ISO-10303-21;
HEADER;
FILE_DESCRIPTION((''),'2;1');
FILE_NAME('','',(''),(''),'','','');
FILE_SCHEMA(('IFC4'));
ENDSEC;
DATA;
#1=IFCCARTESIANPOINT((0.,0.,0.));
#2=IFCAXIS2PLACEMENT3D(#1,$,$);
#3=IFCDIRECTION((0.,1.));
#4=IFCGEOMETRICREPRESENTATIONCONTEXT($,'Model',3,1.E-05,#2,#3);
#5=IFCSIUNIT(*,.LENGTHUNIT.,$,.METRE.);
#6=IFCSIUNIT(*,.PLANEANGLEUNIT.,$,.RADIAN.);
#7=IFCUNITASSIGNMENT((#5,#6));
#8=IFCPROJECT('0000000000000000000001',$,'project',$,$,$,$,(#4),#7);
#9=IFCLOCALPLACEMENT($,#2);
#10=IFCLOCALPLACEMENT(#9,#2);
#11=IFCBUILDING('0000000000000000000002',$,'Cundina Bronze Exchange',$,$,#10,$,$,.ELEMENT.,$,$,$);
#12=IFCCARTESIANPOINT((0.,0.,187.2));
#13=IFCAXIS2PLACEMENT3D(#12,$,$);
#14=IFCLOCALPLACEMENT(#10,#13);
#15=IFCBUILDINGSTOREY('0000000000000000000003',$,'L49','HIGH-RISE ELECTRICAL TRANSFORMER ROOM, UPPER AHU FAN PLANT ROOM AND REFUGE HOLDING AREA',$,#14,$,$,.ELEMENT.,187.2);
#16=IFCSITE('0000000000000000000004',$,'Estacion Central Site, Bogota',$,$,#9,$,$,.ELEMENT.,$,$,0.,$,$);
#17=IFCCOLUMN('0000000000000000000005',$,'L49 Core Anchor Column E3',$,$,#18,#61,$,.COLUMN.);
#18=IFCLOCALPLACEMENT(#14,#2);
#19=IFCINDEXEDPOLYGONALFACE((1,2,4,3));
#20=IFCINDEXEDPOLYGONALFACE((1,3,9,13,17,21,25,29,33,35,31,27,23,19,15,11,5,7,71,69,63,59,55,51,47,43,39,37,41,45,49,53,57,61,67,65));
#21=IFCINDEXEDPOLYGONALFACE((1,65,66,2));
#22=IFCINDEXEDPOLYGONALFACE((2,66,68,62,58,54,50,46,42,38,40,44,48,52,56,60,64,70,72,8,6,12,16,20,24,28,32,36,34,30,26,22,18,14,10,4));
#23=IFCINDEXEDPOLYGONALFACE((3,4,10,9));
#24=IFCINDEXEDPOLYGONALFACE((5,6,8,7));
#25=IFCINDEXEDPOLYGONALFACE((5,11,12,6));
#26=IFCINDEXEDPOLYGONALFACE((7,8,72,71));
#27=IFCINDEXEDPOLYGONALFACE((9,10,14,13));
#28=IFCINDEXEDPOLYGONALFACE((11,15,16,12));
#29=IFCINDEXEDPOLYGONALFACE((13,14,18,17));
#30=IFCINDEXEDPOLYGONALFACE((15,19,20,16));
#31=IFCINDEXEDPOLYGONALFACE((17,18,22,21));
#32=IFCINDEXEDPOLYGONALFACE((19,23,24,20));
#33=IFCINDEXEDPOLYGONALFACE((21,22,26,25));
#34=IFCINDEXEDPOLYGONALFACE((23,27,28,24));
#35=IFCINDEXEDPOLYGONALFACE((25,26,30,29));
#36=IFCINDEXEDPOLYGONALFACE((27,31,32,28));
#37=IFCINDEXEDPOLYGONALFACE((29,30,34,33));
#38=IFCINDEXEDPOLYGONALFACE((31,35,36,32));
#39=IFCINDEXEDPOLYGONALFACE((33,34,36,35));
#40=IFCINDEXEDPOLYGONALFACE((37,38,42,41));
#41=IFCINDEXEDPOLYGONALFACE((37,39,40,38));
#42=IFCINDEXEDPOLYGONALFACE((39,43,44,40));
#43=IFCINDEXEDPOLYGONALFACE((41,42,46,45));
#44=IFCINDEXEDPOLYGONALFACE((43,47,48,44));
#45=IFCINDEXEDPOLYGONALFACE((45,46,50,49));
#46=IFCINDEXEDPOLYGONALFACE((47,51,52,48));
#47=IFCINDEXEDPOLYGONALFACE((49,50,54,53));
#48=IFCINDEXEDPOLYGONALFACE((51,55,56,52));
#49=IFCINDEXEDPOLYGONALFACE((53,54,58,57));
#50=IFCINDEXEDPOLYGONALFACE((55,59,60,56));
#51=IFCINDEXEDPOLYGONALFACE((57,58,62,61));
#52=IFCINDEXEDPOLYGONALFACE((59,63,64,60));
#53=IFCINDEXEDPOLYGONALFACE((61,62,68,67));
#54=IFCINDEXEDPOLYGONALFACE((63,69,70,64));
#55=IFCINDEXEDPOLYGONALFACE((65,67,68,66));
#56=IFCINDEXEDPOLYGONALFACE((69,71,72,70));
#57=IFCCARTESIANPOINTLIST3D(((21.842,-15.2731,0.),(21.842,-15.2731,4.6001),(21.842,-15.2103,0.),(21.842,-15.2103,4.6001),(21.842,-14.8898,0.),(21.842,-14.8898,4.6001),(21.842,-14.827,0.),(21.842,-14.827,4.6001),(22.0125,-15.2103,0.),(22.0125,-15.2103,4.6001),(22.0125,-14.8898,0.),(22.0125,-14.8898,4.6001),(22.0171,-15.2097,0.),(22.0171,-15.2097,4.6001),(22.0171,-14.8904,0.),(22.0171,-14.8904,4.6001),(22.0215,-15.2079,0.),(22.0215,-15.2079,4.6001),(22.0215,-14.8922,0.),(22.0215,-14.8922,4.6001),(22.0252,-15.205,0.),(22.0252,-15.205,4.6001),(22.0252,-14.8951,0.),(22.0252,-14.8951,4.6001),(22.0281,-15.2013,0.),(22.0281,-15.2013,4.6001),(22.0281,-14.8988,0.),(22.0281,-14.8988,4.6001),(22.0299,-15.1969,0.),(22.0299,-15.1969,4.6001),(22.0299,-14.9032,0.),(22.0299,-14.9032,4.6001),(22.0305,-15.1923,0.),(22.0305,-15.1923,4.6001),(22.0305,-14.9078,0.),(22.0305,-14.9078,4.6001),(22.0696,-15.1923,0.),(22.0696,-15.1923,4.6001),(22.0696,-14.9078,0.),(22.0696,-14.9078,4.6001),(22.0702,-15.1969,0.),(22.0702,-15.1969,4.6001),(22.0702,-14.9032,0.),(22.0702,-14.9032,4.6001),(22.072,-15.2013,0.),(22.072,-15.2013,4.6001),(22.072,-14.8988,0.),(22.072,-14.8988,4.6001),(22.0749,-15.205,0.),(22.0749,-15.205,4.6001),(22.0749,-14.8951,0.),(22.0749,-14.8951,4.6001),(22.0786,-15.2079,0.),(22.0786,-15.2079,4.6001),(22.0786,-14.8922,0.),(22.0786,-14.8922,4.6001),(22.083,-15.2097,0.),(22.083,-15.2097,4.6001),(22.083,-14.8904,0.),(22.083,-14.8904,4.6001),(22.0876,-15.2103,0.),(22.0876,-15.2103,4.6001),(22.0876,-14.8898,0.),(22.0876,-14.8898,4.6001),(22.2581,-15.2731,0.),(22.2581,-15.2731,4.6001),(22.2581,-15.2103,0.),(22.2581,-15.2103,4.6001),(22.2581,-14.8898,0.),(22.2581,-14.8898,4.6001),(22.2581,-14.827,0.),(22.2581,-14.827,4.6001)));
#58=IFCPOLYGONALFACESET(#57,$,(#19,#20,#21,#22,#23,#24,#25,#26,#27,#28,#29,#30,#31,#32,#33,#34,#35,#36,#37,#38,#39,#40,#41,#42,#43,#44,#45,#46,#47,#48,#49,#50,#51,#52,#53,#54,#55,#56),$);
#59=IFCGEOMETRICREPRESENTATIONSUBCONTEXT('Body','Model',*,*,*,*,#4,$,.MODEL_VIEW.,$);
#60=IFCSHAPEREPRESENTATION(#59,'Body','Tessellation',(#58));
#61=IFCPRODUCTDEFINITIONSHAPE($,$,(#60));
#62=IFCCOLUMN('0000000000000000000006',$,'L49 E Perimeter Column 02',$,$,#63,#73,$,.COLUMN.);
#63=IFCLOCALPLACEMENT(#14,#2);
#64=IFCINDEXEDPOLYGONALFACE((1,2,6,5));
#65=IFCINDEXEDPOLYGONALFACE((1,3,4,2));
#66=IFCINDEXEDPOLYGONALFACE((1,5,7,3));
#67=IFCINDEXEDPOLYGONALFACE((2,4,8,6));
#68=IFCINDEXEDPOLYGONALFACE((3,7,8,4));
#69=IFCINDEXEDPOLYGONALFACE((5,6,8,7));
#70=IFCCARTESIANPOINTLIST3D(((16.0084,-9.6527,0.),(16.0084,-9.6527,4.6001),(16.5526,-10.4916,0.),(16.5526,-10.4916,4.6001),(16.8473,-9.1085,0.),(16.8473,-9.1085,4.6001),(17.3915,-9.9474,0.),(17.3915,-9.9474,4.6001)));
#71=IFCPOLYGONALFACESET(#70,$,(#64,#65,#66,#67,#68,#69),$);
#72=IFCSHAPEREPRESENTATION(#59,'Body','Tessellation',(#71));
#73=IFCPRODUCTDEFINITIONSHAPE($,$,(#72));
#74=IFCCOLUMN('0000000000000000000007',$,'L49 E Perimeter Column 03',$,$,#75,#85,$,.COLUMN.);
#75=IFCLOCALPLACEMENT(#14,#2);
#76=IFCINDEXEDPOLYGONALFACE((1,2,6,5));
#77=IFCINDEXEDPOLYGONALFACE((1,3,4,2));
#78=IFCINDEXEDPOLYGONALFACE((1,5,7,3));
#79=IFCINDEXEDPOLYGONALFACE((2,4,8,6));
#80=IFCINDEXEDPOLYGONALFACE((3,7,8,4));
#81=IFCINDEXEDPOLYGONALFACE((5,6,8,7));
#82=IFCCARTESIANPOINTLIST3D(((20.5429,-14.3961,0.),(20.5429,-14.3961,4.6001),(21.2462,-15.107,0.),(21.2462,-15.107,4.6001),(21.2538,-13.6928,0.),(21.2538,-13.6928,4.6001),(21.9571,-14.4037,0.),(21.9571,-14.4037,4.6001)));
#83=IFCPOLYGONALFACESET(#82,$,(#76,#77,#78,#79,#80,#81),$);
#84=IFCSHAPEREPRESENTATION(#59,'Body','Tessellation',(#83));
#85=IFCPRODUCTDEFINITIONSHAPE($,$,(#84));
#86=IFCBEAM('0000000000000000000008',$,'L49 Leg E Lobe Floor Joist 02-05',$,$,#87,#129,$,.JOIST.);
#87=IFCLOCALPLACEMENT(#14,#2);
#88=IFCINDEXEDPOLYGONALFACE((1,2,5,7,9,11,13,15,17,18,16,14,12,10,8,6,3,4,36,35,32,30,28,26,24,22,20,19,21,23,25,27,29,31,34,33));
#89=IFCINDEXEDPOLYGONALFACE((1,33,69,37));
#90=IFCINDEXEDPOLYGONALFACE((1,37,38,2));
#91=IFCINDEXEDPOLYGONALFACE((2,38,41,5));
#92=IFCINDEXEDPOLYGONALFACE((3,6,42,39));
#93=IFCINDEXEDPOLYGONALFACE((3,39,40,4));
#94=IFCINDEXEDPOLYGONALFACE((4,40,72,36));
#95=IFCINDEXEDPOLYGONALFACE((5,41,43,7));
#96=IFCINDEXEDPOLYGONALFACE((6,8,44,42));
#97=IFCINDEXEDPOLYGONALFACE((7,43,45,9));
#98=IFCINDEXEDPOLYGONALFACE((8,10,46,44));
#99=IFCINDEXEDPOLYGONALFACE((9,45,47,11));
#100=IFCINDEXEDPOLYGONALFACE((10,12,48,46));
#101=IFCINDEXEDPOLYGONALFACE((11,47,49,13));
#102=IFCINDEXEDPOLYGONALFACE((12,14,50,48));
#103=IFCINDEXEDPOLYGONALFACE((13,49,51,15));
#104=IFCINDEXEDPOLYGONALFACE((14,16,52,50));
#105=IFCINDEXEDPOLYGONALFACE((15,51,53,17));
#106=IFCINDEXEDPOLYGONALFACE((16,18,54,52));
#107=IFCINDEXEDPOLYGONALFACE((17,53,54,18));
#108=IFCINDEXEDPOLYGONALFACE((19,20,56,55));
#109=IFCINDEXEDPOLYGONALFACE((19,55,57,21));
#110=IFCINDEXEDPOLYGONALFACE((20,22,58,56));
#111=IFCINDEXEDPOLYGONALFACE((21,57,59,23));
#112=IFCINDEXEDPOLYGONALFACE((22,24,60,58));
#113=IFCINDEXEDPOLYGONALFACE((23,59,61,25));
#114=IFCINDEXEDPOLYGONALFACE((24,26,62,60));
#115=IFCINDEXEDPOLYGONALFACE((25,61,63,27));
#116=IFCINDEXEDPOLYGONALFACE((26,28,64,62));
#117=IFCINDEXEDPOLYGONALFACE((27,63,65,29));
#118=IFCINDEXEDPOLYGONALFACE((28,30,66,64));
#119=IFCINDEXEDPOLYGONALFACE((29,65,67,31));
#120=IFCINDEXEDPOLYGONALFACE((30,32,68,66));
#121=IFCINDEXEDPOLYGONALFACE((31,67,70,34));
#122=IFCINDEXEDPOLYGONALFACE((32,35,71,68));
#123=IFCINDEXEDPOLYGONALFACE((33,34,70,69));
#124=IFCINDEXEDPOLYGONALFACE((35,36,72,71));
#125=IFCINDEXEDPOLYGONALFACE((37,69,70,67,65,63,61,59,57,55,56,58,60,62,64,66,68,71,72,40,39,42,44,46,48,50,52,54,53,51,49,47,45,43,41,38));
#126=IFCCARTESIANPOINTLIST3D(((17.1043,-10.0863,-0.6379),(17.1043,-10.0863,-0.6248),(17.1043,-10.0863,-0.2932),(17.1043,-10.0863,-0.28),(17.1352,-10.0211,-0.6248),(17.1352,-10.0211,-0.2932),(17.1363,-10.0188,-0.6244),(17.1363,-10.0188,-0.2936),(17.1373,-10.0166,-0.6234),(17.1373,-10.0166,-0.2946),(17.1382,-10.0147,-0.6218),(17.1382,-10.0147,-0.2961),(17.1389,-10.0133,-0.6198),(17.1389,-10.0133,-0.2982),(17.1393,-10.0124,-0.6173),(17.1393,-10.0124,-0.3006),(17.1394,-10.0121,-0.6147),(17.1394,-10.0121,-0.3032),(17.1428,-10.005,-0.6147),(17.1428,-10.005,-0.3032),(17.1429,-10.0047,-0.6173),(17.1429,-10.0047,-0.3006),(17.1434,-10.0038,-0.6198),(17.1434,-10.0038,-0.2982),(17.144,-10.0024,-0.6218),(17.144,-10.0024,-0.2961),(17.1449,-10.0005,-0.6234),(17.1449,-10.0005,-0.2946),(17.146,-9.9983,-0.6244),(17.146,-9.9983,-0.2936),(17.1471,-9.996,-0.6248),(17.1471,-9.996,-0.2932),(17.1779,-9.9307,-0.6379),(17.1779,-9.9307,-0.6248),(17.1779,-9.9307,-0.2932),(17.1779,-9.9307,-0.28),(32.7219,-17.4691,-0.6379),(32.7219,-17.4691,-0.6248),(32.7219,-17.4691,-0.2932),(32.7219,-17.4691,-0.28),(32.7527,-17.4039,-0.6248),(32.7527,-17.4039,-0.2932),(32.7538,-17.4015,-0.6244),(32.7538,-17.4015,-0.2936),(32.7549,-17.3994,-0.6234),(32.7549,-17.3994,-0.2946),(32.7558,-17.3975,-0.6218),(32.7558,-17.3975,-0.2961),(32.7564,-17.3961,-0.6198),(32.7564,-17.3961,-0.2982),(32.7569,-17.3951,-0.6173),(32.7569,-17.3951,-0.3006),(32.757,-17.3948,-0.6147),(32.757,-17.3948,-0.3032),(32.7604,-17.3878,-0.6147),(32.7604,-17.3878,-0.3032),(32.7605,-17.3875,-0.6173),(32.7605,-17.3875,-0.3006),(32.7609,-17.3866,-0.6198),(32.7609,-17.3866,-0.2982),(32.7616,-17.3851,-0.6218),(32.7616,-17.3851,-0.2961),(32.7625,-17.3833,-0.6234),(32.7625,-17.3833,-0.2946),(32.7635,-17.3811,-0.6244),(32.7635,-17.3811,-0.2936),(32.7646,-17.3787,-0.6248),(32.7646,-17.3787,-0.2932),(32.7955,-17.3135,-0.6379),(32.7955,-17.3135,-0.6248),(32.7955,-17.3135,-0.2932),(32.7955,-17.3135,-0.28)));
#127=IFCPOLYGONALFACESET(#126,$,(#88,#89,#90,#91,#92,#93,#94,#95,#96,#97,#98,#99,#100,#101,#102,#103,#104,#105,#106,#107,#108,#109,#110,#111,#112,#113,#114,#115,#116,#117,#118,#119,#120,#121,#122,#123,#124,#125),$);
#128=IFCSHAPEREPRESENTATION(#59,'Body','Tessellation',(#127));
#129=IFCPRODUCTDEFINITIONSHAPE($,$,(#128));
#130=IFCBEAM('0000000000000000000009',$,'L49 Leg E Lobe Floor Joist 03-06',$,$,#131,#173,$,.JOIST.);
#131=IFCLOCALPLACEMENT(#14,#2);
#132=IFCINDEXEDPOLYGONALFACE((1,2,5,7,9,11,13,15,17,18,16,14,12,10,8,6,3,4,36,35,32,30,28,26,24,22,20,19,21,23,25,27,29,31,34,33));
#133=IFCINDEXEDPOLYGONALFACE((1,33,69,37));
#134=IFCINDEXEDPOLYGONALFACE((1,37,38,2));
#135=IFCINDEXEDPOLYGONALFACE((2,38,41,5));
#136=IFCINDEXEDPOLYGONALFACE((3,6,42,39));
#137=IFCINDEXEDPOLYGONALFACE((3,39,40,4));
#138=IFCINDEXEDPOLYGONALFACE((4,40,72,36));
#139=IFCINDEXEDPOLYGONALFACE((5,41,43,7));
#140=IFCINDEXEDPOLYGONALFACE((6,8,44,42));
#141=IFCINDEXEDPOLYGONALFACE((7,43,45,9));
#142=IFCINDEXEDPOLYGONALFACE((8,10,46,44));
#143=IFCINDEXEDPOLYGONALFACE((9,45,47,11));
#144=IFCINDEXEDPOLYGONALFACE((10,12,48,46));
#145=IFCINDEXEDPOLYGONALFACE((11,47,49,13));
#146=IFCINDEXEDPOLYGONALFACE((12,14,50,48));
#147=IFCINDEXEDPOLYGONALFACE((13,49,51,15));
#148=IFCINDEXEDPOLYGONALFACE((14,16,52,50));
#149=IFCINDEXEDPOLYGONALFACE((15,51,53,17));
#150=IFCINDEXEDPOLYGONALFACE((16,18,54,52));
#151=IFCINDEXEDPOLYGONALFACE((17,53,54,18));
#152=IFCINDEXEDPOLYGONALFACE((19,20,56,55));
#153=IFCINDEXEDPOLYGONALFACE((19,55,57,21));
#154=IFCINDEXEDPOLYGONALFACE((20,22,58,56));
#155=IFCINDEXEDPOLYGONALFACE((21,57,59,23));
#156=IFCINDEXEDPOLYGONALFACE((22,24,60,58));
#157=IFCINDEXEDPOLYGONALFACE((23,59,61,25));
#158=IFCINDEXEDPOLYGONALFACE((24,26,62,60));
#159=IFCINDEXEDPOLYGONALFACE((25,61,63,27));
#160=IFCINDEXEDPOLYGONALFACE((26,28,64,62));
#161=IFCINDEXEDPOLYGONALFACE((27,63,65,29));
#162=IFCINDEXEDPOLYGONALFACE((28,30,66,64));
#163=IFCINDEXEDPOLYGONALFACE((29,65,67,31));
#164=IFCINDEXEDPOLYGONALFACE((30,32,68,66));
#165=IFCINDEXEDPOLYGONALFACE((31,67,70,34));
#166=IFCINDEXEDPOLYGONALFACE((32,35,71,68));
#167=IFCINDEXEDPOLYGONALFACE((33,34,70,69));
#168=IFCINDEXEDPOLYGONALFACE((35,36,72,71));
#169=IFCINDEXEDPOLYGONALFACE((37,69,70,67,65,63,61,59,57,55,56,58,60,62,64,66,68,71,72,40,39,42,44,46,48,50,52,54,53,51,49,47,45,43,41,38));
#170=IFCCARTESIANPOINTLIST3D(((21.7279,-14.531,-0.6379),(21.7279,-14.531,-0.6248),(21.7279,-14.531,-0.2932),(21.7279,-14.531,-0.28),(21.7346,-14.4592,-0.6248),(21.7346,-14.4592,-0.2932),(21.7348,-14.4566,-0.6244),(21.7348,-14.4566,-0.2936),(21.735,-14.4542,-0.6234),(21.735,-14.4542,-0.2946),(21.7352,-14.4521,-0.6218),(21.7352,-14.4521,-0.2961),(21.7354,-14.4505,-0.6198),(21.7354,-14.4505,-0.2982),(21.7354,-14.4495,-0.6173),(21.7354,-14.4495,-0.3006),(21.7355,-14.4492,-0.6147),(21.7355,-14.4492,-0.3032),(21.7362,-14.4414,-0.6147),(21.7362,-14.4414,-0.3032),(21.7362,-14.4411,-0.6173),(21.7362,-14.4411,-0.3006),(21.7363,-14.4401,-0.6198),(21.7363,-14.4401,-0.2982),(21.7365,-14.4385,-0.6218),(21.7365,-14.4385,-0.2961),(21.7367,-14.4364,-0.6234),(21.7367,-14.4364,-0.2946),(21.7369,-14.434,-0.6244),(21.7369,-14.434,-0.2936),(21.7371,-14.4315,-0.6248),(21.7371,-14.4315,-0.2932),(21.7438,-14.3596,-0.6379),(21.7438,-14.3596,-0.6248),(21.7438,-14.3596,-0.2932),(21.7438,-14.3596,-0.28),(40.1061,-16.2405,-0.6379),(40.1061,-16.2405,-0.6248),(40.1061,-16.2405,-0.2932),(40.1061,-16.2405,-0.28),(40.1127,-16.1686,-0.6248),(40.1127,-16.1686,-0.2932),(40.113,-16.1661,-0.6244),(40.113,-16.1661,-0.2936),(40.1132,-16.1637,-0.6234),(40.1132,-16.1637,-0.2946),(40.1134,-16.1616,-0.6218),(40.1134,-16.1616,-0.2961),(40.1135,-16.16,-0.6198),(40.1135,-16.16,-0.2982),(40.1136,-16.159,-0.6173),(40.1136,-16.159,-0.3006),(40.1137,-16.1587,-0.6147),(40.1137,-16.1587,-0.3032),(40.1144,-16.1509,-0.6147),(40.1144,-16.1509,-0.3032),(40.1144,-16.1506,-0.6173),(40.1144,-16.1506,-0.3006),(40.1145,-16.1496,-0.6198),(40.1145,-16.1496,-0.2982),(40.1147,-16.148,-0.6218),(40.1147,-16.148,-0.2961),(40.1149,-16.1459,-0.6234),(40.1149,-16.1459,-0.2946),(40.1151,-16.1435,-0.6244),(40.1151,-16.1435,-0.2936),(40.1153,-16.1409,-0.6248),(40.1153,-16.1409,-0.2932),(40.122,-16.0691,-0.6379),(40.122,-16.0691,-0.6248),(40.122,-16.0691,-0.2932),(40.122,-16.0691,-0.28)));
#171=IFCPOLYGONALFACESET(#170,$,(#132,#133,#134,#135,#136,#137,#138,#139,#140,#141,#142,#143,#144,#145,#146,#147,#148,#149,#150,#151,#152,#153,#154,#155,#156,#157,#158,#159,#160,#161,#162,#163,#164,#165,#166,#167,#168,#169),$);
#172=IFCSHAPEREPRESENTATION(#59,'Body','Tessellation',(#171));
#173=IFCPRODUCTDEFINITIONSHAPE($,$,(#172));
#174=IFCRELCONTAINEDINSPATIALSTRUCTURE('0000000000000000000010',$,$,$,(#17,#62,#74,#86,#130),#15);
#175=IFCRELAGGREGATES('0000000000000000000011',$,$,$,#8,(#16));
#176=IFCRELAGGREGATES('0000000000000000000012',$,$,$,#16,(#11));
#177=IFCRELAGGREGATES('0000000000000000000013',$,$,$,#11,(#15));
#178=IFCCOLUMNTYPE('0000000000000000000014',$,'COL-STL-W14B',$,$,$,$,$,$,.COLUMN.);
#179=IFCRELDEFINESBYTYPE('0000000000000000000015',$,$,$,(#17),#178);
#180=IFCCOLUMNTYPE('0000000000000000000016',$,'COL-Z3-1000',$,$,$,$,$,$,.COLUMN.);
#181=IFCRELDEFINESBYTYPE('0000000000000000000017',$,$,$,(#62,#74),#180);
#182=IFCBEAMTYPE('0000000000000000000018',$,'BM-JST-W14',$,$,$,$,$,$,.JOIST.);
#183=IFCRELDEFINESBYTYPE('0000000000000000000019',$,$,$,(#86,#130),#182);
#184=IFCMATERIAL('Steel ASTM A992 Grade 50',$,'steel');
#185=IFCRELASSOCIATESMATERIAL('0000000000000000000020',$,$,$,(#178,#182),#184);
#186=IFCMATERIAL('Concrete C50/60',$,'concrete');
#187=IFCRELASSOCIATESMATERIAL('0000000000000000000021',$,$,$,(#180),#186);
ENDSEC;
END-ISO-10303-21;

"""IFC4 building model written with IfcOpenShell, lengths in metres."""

from ifc_helpers import new_model, si_unit, direction, frame, origin, origin_2d, place, context, subcontext, project, spatial, rectangle, i_section, extrude, material, material_profile, profile_set, type_object, element, save


model = new_model("IFC4")

# Units and contexts
model_context = context("Model", 3, precision=1e-05, world=origin(), true_north=direction((0.0, 1.0)))
body_context = subcontext(model_context, "Body", "Model", "MODEL_VIEW")
ifc_project = project(units=[si_unit("LENGTHUNIT", "METRE"), si_unit("PLANEANGLEUNIT", "RADIAN")], contexts=[model_context])

# Site, building, storey
site_placement = place(None, origin())
site = spatial("IfcSite", under=ifc_project, at=site_placement, Name="Estacion Central Site, Bogota", CompositionType="ELEMENT", RefElevation=0.0)
building_placement = place(site_placement, origin())
building = spatial("IfcBuilding", under=site, at=building_placement, Name="Cundina Bronze Exchange", CompositionType="ELEMENT")
storey_placement = place(building_placement, frame((0.0, 0.0, 187.2)))
storey = spatial("IfcBuildingStorey", under=building, at=storey_placement, Name="L49", Description="HIGH-RISE ELECTRICAL TRANSFORMER ROOM, UPPER AHU FAN PLANT ROOM AND REFUGE HOLDING AREA", CompositionType="ELEMENT", Elevation=187.2)

# Columns
ifc_material_1 = material(Name="Steel ASTM A992 Grade 50", Category="steel")
ifc_material_profile_1 = material_profile(ifc_material_1, i_section(OverallWidth=0.416, OverallDepth=0.446, WebThickness=0.0391, FlangeThickness=0.0627, FilletRadius=0.0181, at=origin_2d()), Name="W14X342", Category="steel")
ifc_profile_set_1 = profile_set([ifc_material_profile_1], Name="Steel ASTM A992 Grade 50")
column_type_1 = type_object("IfcColumnType", Name="COL-STL-W14B", PredefinedType="COLUMN", material=ifc_profile_set_1)
column_placement = place(storey_placement, frame((22.05, -15.05, 0.0), z_axis=(0.0, 0.0, 1.0), x_axis=(1.0, 0.0, 0.0)))
element("IfcColumn", 1, at=column_placement, inside=storey, type_object=column_type_1, Name="L49 Core Anchor Column E3", PredefinedType="COLUMN", context=body_context, shape_type="SweptSolid", body=[
    extrude(i_section(OverallWidth=0.416, OverallDepth=0.446, WebThickness=0.0391, FlangeThickness=0.0627, FilletRadius=0.0181, at=origin_2d()), origin(), (0.0, 0.0, 1.0), 4.6001),
])
ifc_material_2 = material(Name="Concrete C50/60", Category="concrete")
ifc_material_profile_2 = material_profile(ifc_material_2, rectangle(XDim=1.0, YDim=1.0, at=origin_2d()), Name="RC1000X1000", Category="concrete")
ifc_profile_set_2 = profile_set([ifc_material_profile_2], Name="Concrete C50/60")
column_type_2 = type_object("IfcColumnType", Name="COL-Z3-1000", PredefinedType="COLUMN", material=ifc_profile_set_2)
for number, where, z_axis, x_axis, name in (
    (2, (16.7, -9.8, 0.0), (0.0, 0.0, 1.0), (0.5442, -0.838956, 0.0), "L49 E Perimeter Column 02"),
    (3, (21.25, -14.3999, 0.0), (0.0, 0.0, 1.0), (0.703271, -0.710922, 0.0), "L49 E Perimeter Column 03"),
):
    element("IfcColumn", number, at=place(storey_placement, frame(where, z_axis=z_axis, x_axis=x_axis)), inside=storey, type_object=column_type_2, Name=name, PredefinedType="COLUMN", context=body_context, shape_type="SweptSolid", body=[
        extrude(rectangle(XDim=1.0, YDim=1.0, at=origin_2d()), origin(), (0.0, 0.0, 1.0), 4.6001),
    ])

# Beams
ifc_material_profile_3 = material_profile(ifc_material_1, i_section(OverallWidth=0.1721, OverallDepth=0.3579, WebThickness=0.0078, FlangeThickness=0.0132, FilletRadius=0.01, at=origin_2d()), Name="W14X38", Category="steel")
ifc_profile_set_3 = profile_set([ifc_material_profile_3], Name="Steel ASTM A992 Grade 50")
beam_type_1 = type_object("IfcBeamType", Name="BM-JST-W14", PredefinedType="JOIST", material=ifc_profile_set_3)
beam_1_placement = place(storey_placement, frame((17.1411, -10.0085, -0.459), z_axis=(0.904074, -0.427375, 0.0), x_axis=(0.427375, 0.904074, 0.0)))
element("IfcBeam", 4, at=beam_1_placement, inside=storey, type_object=beam_type_1, Name="L49 Leg E Lobe Floor Joist 02-05", PredefinedType="JOIST", context=body_context, shape_type="SweptSolid", body=[
    extrude(i_section(OverallWidth=0.1721, OverallDepth=0.3579, WebThickness=0.0078, FlangeThickness=0.0132, FilletRadius=0.01, at=origin_2d()), origin(), (0.0, 0.0, 1.0), 17.2747),
])
beam_2_placement = place(storey_placement, frame((21.7358, -14.4453, -0.459), z_axis=(0.995702, -0.092617, 0.0), x_axis=(0.092617, 0.995702, 0.0)))
element("IfcBeam", 5, at=beam_2_placement, inside=storey, type_object=beam_type_1, Name="L49 Leg E Lobe Floor Joist 03-06", PredefinedType="JOIST", context=body_context, shape_type="SweptSolid", body=[
    extrude(i_section(OverallWidth=0.1721, OverallDepth=0.3579, WebThickness=0.0078, FlangeThickness=0.0132, FilletRadius=0.01, at=origin_2d()), origin(), (0.0, 0.0, 1.0), 18.4575),
])

save(model, "model.ifc")
